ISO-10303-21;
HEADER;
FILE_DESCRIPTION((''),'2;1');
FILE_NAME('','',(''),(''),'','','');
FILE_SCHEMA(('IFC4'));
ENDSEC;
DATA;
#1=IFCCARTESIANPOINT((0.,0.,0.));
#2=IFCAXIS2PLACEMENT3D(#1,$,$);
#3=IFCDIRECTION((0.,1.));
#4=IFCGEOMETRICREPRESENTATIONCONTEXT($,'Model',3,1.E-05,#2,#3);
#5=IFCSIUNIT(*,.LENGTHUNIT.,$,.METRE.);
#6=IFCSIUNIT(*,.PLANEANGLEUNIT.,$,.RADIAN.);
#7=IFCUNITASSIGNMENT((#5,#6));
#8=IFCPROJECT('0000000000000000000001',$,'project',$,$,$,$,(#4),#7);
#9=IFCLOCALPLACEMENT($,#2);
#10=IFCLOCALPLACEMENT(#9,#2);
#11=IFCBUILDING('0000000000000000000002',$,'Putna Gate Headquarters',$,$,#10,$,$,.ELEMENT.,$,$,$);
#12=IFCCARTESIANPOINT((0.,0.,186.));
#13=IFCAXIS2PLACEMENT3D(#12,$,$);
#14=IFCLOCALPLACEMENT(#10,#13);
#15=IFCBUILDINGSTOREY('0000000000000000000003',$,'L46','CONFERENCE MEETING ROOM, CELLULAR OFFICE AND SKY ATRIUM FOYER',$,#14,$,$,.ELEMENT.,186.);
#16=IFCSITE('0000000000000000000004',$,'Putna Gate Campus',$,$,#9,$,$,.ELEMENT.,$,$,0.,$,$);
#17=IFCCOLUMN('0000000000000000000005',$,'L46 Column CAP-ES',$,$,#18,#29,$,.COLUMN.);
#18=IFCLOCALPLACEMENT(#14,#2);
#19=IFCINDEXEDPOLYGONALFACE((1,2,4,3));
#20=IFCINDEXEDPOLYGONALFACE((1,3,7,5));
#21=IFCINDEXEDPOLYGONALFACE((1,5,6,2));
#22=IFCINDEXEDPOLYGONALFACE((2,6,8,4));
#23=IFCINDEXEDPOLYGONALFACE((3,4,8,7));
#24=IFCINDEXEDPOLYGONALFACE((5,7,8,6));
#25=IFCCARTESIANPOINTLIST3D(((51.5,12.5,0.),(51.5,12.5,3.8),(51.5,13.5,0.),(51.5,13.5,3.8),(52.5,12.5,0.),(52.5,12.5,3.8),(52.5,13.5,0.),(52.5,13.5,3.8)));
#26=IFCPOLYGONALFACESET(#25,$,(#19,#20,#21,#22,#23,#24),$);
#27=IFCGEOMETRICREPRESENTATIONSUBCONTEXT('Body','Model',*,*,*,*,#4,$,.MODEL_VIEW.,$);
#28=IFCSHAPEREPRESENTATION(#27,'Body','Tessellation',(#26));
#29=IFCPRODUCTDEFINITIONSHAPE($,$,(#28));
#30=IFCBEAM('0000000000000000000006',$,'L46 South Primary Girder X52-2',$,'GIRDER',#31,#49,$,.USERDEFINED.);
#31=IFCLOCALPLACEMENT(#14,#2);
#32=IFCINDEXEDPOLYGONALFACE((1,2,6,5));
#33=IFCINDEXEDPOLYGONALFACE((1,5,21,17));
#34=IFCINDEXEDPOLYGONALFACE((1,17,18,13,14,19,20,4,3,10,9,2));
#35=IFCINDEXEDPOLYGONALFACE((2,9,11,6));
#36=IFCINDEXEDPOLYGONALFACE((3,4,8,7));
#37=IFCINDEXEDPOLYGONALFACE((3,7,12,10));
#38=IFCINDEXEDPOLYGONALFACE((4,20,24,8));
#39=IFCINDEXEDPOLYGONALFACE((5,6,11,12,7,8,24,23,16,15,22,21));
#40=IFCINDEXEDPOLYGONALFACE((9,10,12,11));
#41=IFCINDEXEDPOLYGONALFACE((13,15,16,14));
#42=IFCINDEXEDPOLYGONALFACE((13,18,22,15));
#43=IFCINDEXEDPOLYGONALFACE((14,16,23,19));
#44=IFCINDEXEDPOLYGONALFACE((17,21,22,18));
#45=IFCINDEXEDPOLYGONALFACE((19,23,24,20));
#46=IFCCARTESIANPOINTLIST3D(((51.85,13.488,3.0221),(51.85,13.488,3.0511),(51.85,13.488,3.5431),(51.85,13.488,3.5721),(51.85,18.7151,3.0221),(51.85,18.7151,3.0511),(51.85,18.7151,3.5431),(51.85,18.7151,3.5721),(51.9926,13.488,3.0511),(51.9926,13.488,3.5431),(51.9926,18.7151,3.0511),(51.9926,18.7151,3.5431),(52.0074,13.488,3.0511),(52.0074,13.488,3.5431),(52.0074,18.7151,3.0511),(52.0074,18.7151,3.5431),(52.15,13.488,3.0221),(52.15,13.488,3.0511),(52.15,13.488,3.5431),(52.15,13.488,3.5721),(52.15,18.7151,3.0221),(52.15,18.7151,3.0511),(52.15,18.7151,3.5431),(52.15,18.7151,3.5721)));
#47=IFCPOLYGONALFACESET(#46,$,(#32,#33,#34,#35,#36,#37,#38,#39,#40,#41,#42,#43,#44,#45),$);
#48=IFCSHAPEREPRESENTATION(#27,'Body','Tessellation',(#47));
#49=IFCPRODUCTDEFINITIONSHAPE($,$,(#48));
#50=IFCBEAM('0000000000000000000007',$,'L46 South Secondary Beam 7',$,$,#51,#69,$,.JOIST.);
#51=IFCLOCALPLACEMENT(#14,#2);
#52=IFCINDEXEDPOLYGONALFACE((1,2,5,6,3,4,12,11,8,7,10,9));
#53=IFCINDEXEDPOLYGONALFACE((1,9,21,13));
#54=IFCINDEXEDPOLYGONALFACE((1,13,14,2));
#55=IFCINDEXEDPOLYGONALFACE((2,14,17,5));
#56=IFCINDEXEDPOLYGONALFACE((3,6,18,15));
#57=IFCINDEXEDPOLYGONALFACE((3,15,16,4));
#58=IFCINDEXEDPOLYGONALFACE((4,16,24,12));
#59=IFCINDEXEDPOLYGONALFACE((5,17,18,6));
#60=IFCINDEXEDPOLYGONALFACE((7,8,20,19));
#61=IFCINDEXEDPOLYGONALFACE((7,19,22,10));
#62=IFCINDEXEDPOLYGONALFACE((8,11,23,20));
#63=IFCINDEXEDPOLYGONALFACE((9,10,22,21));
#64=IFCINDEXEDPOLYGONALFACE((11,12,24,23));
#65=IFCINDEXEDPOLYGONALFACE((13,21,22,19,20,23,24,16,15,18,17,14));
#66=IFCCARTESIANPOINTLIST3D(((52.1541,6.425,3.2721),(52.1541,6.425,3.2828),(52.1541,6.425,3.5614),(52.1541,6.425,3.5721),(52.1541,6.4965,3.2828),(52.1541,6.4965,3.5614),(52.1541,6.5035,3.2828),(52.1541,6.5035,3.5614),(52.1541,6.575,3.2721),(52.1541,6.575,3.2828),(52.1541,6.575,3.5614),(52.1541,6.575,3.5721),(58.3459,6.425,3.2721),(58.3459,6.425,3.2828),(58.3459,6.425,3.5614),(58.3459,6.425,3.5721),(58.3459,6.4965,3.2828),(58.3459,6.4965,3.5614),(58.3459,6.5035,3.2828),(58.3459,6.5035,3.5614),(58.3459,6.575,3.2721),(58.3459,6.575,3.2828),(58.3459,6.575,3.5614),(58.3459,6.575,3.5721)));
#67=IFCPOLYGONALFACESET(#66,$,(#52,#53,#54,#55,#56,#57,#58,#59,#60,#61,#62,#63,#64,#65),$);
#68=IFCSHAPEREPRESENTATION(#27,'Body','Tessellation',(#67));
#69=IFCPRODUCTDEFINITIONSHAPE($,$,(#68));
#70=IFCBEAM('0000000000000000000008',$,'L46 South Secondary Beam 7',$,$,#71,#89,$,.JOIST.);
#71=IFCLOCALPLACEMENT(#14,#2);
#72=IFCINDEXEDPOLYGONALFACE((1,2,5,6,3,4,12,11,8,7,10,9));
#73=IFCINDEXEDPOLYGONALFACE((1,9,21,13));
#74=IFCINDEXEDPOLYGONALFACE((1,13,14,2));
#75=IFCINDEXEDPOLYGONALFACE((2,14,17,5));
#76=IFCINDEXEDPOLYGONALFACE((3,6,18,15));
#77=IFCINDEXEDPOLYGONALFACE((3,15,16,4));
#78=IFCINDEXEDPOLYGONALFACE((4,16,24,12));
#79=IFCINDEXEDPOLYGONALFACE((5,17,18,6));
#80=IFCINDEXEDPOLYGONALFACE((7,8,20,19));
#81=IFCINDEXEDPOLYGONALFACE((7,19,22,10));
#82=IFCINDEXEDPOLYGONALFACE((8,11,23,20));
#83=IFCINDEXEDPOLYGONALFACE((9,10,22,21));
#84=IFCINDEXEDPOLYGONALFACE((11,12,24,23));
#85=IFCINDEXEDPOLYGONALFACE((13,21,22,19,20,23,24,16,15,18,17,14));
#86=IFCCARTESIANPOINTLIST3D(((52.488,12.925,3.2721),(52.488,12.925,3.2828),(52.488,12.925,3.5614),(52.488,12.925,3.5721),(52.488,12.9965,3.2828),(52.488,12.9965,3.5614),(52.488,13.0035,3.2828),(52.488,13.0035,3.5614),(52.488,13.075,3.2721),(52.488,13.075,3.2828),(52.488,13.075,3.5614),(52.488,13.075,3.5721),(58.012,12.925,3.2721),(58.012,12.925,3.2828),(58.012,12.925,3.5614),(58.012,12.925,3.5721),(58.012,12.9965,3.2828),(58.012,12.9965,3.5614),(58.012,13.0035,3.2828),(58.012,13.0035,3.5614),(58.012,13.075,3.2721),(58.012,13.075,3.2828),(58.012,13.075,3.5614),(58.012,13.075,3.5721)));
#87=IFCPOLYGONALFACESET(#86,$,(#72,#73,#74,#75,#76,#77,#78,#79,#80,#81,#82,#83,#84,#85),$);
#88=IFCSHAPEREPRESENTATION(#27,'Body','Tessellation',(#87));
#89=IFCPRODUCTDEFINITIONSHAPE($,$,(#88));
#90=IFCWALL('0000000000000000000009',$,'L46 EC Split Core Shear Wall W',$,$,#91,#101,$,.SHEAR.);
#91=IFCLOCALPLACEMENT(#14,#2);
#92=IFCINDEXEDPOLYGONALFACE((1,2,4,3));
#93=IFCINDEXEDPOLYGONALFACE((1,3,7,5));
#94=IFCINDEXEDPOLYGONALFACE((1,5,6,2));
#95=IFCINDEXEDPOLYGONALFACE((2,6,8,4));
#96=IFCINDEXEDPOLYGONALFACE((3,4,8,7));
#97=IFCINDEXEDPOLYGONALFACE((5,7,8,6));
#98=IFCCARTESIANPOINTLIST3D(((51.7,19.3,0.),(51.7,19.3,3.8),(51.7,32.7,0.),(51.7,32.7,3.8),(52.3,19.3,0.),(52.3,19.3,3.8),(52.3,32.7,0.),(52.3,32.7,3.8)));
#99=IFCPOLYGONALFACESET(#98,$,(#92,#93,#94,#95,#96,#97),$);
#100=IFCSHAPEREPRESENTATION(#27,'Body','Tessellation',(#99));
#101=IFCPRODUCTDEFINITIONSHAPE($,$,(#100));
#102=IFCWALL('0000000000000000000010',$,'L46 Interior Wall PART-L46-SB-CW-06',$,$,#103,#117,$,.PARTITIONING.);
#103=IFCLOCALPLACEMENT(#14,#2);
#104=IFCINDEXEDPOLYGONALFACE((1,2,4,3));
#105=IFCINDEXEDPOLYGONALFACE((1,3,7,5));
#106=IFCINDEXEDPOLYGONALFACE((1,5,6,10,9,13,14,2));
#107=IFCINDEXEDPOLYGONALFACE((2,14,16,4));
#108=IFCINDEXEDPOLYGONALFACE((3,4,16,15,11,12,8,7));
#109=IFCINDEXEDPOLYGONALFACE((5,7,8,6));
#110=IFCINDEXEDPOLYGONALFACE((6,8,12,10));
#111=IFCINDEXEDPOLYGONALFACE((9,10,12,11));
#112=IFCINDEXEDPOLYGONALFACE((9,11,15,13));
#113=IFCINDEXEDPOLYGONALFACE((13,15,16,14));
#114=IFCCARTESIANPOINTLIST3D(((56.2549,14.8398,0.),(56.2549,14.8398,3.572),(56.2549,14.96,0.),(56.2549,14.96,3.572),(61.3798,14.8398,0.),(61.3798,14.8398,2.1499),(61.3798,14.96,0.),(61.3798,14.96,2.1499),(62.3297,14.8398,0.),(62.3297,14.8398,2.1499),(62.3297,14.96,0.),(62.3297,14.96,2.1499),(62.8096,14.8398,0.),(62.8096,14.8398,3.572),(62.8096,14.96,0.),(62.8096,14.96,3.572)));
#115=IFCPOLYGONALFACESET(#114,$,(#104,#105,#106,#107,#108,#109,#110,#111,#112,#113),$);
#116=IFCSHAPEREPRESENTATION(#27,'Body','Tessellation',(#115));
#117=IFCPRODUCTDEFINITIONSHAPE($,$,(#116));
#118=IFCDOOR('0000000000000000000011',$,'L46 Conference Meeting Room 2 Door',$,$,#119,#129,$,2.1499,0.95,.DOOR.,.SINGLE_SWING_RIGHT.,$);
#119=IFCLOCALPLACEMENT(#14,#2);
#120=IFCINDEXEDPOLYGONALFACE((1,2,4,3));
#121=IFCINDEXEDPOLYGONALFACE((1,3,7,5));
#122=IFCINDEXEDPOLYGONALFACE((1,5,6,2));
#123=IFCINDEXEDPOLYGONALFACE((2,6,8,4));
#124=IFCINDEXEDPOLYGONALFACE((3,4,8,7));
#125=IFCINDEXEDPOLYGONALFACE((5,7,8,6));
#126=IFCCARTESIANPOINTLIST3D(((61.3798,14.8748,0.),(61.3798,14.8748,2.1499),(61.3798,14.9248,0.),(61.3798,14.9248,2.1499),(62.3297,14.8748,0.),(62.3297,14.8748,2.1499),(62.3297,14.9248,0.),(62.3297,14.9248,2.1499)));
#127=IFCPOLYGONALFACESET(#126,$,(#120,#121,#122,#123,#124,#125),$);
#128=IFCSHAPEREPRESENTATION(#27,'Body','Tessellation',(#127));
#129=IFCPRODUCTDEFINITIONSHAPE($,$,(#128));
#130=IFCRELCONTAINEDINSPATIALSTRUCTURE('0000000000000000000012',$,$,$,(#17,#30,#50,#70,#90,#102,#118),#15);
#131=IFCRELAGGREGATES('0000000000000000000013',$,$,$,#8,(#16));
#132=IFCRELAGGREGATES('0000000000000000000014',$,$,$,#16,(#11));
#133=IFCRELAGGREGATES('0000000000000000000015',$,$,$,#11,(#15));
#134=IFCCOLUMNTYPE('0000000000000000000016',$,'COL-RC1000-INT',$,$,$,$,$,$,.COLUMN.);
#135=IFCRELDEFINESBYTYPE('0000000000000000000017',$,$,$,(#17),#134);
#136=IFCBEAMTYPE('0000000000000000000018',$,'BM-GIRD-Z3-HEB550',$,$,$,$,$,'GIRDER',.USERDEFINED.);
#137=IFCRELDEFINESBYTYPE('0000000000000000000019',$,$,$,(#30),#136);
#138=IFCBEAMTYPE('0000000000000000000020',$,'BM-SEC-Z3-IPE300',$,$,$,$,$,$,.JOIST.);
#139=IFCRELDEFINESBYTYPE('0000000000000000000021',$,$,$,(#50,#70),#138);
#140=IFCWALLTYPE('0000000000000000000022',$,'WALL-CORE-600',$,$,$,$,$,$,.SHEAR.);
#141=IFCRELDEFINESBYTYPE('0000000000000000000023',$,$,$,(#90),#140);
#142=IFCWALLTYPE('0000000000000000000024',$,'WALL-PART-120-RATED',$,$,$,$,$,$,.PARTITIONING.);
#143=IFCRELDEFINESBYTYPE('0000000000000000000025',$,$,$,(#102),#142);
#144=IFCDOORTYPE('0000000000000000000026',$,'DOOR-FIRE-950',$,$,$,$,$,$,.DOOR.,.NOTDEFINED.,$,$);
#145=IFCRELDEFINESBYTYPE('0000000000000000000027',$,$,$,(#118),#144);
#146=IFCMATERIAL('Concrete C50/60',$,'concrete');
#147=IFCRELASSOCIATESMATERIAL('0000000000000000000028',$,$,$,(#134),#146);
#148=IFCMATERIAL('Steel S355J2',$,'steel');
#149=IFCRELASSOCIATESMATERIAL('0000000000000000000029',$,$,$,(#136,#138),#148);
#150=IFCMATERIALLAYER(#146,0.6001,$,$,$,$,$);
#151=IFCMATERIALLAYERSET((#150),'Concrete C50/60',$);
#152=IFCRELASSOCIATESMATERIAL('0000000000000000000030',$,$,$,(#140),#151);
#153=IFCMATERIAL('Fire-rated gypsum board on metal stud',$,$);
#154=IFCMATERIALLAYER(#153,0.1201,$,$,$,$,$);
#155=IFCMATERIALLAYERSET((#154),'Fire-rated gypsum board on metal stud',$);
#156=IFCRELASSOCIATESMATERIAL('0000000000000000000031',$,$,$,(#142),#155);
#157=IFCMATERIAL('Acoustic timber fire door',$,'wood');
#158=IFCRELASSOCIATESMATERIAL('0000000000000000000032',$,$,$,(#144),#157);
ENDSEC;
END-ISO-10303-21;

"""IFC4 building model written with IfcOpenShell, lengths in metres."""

from ifc_helpers import new_model, si_unit, direction, frame, frame_2d, origin, origin_2d, place, context, subcontext, project, spatial, rectangle, i_section, extrude, material, layer, layer_set, material_profile, profile_set, type_object, element, fill, save


model = new_model("IFC4")

# Units and contexts
model_context = context("Model", 3, precision=1e-05, world=origin(), true_north=direction((0.0, 1.0)))
body_context = subcontext(model_context, "Body", "Model", "MODEL_VIEW")
ifc_project = project(units=[si_unit("LENGTHUNIT", "METRE"), si_unit("PLANEANGLEUNIT", "RADIAN")], contexts=[model_context])

# Site, building, storey
site_placement = place(None, origin())
site = spatial("IfcSite", under=ifc_project, at=site_placement, Name="Putna Gate Campus", CompositionType="ELEMENT", RefElevation=0.0)
building_placement = place(site_placement, origin())
building = spatial("IfcBuilding", under=site, at=building_placement, Name="Putna Gate Headquarters", CompositionType="ELEMENT")
storey_placement = place(building_placement, frame((0.0, 0.0, 186.0)))
storey = spatial("IfcBuildingStorey", under=building, at=storey_placement, Name="L46", Description="CONFERENCE MEETING ROOM, CELLULAR OFFICE AND SKY ATRIUM FOYER", CompositionType="ELEMENT", Elevation=186.0)

# Column
ifc_material_1 = material(Name="Concrete C50/60", Category="concrete")
ifc_material_profile_1 = material_profile(ifc_material_1, rectangle(XDim=1.0, YDim=1.0, at=origin_2d()), Name="Concrete C50/60")
ifc_profile_set_1 = profile_set([ifc_material_profile_1], Name="Concrete C50/60")
column_type = type_object("IfcColumnType", Name="COL-RC1000-INT", PredefinedType="COLUMN", material=ifc_profile_set_1)
column_placement = place(storey_placement, frame((52.0, 13.0, 0.0), z_axis=(0.0, 0.0, 1.0), x_axis=(1.0, 0.0, 0.0)))
element("IfcColumn", 1, at=column_placement, inside=storey, type_object=column_type, Name="L46 Column CAP-ES", PredefinedType="COLUMN", context=body_context, shape_type="SweptSolid", body=[
    extrude(rectangle(XDim=1.0, YDim=1.0, at=origin_2d()), origin(), (0.0, 0.0, 1.0), 3.8),
])

# Beams
ifc_material_2 = material(Name="Steel S355J2", Category="steel")
ifc_material_profile_2 = material_profile(ifc_material_2, i_section(OverallWidth=0.3, OverallDepth=0.55, WebThickness=0.0149, FlangeThickness=0.0291, at=origin_2d()), Name="Steel S355J2")
ifc_profile_set_2 = profile_set([ifc_material_profile_2], Name="Steel S355J2")
beam_type_1 = type_object("IfcBeamType", Name="BM-GIRD-Z3-HEB550", ElementType="GIRDER", PredefinedType="USERDEFINED", material=ifc_profile_set_2)
beam_1_placement = place(storey_placement, frame((52.0, 13.488, 3.2971), z_axis=(0.0, 1.0, 0.0), x_axis=(-1.0, 0.0, 0.0)))
element("IfcBeam", 2, at=beam_1_placement, inside=storey, type_object=beam_type_1, Name="L46 South Primary Girder X52-2", ObjectType="GIRDER", PredefinedType="USERDEFINED", context=body_context, shape_type="SweptSolid", body=[
    extrude(i_section(OverallWidth=0.3, OverallDepth=0.55, WebThickness=0.0149, FlangeThickness=0.0291, at=origin_2d()), origin(), (0.0, 0.0, 1.0), 5.2271),
])
ifc_material_profile_3 = material_profile(ifc_material_2, i_section(OverallWidth=0.1499, OverallDepth=0.3, WebThickness=0.0071, FlangeThickness=0.0107, at=origin_2d()), Name="Steel S355J2")
ifc_profile_set_3 = profile_set([ifc_material_profile_3], Name="Steel S355J2")
beam_type_2 = type_object("IfcBeamType", Name="BM-SEC-Z3-IPE300", PredefinedType="JOIST", material=ifc_profile_set_3)
beam_2_placement = place(storey_placement, frame((52.1541, 6.5, 3.4221), z_axis=(1.0, 0.0, 0.0), x_axis=(0.0, 1.0, 0.0)))
element("IfcBeam", 3, at=beam_2_placement, inside=storey, type_object=beam_type_2, Name="L46 South Secondary Beam 7", PredefinedType="JOIST", context=body_context, shape_type="SweptSolid", body=[
    extrude(i_section(OverallWidth=0.1499, OverallDepth=0.3, WebThickness=0.0071, FlangeThickness=0.0107, at=origin_2d()), origin(), (0.0, 0.0, 1.0), 6.1919),
])
beam_3_placement = place(storey_placement, frame((52.488, 13.0, 3.4221), z_axis=(1.0, 0.0, 0.0), x_axis=(0.0, 1.0, 0.0)))
element("IfcBeam", 4, at=beam_3_placement, inside=storey, type_object=beam_type_2, Name="L46 South Secondary Beam 7", PredefinedType="JOIST", context=body_context, shape_type="SweptSolid", body=[
    extrude(i_section(OverallWidth=0.1499, OverallDepth=0.3, WebThickness=0.0071, FlangeThickness=0.0107, at=origin_2d()), origin(), (0.0, 0.0, 1.0), 5.5239),
])

# Wall
ifc_layer_1 = layer(ifc_material_1, 0.6001)
ifc_layer_set_1 = layer_set([ifc_layer_1], Name="Concrete C50/60")
wall_type_1 = type_object("IfcWallType", Name="WALL-CORE-600", PredefinedType="SHEAR", material=ifc_layer_set_1)
wall_1_placement = place(storey_placement, frame((52.0, 19.3, 0.0), z_axis=(0.0, 0.0, 1.0), x_axis=(0.0, 1.0, 0.0)))
element("IfcWall", 5, at=wall_1_placement, inside=storey, type_object=wall_type_1, Name="L46 EC Split Core Shear Wall W", PredefinedType="SHEAR", context=body_context, shape_type="SweptSolid", body=[
    extrude(rectangle(XDim=13.3999, YDim=0.6001, at=frame_2d((6.7, 0.0))), origin(), (0.0, 0.0, 1.0), 3.8),
])

# Wall, opening, door
ifc_material_3 = material(Name="Fire-rated gypsum board on metal stud")
ifc_layer_2 = layer(ifc_material_3, 0.1201)
ifc_layer_set_2 = layer_set([ifc_layer_2], Name="Fire-rated gypsum board on metal stud")
wall_type_2 = type_object("IfcWallType", Name="WALL-PART-120-RATED", PredefinedType="PARTITIONING", material=ifc_layer_set_2)
wall_2_placement = place(storey_placement, frame((56.2549, 14.8999, 0.0), z_axis=(0.0, 0.0, 1.0), x_axis=(1.0, 0.0, 0.0)))
wall_2 = element("IfcWall", 6, at=wall_2_placement, inside=storey, type_object=wall_type_2, Name="L46 Interior Wall PART-L46-SB-CW-06", PredefinedType="PARTITIONING", context=body_context, shape_type="SweptSolid", body=[
    extrude(rectangle(XDim=6.5547, YDim=0.1201, at=frame_2d((3.2773, 0.0))), origin(), (0.0, 0.0, 1.0), 3.572),
])
opening_1_placement = place(wall_2_placement, frame((5.1248, 0.0, 0.0)))
opening_1 = element("IfcOpeningElement", 7, at=opening_1_placement, cuts=wall_2, PredefinedType="OPENING", context=body_context, shape_type="SweptSolid", body=[
    extrude(rectangle(XDim=0.95, YDim=2.1499, at=frame_2d((0.4751, 1.075))), frame((0.0, 0.0701, 0.0), z_axis=(0.0, -1.0, 0.0), x_axis=(1.0, 0.0, 0.0)), (0.0, 0.0, 1.0), 0.1401),
])
ifc_material_4 = material(Name="Acoustic timber fire door", Category="wood")
door_type_1 = type_object("IfcDoorType", Name="DOOR-FIRE-950", OperationType="NOTDEFINED", PredefinedType="DOOR", material=ifc_material_4)
door_1_placement = place(opening_1_placement, origin())
door_1 = element("IfcDoor", 8, at=door_1_placement, inside=storey, type_object=door_type_1, Name="L46 Conference Meeting Room 2 Door", OperationType="SINGLE_SWING_RIGHT", OverallHeight=2.1499, OverallWidth=0.95, PredefinedType="DOOR", context=body_context, shape_type="SweptSolid", body=[
    extrude(rectangle(XDim=0.95, YDim=2.1499, at=frame_2d((0.4751, 1.075))), frame((0.0, 0.0249, 0.0), z_axis=(0.0, -1.0, 0.0), x_axis=(1.0, 0.0, 0.0)), (0.0, 0.0, 1.0), 0.05),
])
fill(opening_1, door_1)

save(model, "model.ifc")
